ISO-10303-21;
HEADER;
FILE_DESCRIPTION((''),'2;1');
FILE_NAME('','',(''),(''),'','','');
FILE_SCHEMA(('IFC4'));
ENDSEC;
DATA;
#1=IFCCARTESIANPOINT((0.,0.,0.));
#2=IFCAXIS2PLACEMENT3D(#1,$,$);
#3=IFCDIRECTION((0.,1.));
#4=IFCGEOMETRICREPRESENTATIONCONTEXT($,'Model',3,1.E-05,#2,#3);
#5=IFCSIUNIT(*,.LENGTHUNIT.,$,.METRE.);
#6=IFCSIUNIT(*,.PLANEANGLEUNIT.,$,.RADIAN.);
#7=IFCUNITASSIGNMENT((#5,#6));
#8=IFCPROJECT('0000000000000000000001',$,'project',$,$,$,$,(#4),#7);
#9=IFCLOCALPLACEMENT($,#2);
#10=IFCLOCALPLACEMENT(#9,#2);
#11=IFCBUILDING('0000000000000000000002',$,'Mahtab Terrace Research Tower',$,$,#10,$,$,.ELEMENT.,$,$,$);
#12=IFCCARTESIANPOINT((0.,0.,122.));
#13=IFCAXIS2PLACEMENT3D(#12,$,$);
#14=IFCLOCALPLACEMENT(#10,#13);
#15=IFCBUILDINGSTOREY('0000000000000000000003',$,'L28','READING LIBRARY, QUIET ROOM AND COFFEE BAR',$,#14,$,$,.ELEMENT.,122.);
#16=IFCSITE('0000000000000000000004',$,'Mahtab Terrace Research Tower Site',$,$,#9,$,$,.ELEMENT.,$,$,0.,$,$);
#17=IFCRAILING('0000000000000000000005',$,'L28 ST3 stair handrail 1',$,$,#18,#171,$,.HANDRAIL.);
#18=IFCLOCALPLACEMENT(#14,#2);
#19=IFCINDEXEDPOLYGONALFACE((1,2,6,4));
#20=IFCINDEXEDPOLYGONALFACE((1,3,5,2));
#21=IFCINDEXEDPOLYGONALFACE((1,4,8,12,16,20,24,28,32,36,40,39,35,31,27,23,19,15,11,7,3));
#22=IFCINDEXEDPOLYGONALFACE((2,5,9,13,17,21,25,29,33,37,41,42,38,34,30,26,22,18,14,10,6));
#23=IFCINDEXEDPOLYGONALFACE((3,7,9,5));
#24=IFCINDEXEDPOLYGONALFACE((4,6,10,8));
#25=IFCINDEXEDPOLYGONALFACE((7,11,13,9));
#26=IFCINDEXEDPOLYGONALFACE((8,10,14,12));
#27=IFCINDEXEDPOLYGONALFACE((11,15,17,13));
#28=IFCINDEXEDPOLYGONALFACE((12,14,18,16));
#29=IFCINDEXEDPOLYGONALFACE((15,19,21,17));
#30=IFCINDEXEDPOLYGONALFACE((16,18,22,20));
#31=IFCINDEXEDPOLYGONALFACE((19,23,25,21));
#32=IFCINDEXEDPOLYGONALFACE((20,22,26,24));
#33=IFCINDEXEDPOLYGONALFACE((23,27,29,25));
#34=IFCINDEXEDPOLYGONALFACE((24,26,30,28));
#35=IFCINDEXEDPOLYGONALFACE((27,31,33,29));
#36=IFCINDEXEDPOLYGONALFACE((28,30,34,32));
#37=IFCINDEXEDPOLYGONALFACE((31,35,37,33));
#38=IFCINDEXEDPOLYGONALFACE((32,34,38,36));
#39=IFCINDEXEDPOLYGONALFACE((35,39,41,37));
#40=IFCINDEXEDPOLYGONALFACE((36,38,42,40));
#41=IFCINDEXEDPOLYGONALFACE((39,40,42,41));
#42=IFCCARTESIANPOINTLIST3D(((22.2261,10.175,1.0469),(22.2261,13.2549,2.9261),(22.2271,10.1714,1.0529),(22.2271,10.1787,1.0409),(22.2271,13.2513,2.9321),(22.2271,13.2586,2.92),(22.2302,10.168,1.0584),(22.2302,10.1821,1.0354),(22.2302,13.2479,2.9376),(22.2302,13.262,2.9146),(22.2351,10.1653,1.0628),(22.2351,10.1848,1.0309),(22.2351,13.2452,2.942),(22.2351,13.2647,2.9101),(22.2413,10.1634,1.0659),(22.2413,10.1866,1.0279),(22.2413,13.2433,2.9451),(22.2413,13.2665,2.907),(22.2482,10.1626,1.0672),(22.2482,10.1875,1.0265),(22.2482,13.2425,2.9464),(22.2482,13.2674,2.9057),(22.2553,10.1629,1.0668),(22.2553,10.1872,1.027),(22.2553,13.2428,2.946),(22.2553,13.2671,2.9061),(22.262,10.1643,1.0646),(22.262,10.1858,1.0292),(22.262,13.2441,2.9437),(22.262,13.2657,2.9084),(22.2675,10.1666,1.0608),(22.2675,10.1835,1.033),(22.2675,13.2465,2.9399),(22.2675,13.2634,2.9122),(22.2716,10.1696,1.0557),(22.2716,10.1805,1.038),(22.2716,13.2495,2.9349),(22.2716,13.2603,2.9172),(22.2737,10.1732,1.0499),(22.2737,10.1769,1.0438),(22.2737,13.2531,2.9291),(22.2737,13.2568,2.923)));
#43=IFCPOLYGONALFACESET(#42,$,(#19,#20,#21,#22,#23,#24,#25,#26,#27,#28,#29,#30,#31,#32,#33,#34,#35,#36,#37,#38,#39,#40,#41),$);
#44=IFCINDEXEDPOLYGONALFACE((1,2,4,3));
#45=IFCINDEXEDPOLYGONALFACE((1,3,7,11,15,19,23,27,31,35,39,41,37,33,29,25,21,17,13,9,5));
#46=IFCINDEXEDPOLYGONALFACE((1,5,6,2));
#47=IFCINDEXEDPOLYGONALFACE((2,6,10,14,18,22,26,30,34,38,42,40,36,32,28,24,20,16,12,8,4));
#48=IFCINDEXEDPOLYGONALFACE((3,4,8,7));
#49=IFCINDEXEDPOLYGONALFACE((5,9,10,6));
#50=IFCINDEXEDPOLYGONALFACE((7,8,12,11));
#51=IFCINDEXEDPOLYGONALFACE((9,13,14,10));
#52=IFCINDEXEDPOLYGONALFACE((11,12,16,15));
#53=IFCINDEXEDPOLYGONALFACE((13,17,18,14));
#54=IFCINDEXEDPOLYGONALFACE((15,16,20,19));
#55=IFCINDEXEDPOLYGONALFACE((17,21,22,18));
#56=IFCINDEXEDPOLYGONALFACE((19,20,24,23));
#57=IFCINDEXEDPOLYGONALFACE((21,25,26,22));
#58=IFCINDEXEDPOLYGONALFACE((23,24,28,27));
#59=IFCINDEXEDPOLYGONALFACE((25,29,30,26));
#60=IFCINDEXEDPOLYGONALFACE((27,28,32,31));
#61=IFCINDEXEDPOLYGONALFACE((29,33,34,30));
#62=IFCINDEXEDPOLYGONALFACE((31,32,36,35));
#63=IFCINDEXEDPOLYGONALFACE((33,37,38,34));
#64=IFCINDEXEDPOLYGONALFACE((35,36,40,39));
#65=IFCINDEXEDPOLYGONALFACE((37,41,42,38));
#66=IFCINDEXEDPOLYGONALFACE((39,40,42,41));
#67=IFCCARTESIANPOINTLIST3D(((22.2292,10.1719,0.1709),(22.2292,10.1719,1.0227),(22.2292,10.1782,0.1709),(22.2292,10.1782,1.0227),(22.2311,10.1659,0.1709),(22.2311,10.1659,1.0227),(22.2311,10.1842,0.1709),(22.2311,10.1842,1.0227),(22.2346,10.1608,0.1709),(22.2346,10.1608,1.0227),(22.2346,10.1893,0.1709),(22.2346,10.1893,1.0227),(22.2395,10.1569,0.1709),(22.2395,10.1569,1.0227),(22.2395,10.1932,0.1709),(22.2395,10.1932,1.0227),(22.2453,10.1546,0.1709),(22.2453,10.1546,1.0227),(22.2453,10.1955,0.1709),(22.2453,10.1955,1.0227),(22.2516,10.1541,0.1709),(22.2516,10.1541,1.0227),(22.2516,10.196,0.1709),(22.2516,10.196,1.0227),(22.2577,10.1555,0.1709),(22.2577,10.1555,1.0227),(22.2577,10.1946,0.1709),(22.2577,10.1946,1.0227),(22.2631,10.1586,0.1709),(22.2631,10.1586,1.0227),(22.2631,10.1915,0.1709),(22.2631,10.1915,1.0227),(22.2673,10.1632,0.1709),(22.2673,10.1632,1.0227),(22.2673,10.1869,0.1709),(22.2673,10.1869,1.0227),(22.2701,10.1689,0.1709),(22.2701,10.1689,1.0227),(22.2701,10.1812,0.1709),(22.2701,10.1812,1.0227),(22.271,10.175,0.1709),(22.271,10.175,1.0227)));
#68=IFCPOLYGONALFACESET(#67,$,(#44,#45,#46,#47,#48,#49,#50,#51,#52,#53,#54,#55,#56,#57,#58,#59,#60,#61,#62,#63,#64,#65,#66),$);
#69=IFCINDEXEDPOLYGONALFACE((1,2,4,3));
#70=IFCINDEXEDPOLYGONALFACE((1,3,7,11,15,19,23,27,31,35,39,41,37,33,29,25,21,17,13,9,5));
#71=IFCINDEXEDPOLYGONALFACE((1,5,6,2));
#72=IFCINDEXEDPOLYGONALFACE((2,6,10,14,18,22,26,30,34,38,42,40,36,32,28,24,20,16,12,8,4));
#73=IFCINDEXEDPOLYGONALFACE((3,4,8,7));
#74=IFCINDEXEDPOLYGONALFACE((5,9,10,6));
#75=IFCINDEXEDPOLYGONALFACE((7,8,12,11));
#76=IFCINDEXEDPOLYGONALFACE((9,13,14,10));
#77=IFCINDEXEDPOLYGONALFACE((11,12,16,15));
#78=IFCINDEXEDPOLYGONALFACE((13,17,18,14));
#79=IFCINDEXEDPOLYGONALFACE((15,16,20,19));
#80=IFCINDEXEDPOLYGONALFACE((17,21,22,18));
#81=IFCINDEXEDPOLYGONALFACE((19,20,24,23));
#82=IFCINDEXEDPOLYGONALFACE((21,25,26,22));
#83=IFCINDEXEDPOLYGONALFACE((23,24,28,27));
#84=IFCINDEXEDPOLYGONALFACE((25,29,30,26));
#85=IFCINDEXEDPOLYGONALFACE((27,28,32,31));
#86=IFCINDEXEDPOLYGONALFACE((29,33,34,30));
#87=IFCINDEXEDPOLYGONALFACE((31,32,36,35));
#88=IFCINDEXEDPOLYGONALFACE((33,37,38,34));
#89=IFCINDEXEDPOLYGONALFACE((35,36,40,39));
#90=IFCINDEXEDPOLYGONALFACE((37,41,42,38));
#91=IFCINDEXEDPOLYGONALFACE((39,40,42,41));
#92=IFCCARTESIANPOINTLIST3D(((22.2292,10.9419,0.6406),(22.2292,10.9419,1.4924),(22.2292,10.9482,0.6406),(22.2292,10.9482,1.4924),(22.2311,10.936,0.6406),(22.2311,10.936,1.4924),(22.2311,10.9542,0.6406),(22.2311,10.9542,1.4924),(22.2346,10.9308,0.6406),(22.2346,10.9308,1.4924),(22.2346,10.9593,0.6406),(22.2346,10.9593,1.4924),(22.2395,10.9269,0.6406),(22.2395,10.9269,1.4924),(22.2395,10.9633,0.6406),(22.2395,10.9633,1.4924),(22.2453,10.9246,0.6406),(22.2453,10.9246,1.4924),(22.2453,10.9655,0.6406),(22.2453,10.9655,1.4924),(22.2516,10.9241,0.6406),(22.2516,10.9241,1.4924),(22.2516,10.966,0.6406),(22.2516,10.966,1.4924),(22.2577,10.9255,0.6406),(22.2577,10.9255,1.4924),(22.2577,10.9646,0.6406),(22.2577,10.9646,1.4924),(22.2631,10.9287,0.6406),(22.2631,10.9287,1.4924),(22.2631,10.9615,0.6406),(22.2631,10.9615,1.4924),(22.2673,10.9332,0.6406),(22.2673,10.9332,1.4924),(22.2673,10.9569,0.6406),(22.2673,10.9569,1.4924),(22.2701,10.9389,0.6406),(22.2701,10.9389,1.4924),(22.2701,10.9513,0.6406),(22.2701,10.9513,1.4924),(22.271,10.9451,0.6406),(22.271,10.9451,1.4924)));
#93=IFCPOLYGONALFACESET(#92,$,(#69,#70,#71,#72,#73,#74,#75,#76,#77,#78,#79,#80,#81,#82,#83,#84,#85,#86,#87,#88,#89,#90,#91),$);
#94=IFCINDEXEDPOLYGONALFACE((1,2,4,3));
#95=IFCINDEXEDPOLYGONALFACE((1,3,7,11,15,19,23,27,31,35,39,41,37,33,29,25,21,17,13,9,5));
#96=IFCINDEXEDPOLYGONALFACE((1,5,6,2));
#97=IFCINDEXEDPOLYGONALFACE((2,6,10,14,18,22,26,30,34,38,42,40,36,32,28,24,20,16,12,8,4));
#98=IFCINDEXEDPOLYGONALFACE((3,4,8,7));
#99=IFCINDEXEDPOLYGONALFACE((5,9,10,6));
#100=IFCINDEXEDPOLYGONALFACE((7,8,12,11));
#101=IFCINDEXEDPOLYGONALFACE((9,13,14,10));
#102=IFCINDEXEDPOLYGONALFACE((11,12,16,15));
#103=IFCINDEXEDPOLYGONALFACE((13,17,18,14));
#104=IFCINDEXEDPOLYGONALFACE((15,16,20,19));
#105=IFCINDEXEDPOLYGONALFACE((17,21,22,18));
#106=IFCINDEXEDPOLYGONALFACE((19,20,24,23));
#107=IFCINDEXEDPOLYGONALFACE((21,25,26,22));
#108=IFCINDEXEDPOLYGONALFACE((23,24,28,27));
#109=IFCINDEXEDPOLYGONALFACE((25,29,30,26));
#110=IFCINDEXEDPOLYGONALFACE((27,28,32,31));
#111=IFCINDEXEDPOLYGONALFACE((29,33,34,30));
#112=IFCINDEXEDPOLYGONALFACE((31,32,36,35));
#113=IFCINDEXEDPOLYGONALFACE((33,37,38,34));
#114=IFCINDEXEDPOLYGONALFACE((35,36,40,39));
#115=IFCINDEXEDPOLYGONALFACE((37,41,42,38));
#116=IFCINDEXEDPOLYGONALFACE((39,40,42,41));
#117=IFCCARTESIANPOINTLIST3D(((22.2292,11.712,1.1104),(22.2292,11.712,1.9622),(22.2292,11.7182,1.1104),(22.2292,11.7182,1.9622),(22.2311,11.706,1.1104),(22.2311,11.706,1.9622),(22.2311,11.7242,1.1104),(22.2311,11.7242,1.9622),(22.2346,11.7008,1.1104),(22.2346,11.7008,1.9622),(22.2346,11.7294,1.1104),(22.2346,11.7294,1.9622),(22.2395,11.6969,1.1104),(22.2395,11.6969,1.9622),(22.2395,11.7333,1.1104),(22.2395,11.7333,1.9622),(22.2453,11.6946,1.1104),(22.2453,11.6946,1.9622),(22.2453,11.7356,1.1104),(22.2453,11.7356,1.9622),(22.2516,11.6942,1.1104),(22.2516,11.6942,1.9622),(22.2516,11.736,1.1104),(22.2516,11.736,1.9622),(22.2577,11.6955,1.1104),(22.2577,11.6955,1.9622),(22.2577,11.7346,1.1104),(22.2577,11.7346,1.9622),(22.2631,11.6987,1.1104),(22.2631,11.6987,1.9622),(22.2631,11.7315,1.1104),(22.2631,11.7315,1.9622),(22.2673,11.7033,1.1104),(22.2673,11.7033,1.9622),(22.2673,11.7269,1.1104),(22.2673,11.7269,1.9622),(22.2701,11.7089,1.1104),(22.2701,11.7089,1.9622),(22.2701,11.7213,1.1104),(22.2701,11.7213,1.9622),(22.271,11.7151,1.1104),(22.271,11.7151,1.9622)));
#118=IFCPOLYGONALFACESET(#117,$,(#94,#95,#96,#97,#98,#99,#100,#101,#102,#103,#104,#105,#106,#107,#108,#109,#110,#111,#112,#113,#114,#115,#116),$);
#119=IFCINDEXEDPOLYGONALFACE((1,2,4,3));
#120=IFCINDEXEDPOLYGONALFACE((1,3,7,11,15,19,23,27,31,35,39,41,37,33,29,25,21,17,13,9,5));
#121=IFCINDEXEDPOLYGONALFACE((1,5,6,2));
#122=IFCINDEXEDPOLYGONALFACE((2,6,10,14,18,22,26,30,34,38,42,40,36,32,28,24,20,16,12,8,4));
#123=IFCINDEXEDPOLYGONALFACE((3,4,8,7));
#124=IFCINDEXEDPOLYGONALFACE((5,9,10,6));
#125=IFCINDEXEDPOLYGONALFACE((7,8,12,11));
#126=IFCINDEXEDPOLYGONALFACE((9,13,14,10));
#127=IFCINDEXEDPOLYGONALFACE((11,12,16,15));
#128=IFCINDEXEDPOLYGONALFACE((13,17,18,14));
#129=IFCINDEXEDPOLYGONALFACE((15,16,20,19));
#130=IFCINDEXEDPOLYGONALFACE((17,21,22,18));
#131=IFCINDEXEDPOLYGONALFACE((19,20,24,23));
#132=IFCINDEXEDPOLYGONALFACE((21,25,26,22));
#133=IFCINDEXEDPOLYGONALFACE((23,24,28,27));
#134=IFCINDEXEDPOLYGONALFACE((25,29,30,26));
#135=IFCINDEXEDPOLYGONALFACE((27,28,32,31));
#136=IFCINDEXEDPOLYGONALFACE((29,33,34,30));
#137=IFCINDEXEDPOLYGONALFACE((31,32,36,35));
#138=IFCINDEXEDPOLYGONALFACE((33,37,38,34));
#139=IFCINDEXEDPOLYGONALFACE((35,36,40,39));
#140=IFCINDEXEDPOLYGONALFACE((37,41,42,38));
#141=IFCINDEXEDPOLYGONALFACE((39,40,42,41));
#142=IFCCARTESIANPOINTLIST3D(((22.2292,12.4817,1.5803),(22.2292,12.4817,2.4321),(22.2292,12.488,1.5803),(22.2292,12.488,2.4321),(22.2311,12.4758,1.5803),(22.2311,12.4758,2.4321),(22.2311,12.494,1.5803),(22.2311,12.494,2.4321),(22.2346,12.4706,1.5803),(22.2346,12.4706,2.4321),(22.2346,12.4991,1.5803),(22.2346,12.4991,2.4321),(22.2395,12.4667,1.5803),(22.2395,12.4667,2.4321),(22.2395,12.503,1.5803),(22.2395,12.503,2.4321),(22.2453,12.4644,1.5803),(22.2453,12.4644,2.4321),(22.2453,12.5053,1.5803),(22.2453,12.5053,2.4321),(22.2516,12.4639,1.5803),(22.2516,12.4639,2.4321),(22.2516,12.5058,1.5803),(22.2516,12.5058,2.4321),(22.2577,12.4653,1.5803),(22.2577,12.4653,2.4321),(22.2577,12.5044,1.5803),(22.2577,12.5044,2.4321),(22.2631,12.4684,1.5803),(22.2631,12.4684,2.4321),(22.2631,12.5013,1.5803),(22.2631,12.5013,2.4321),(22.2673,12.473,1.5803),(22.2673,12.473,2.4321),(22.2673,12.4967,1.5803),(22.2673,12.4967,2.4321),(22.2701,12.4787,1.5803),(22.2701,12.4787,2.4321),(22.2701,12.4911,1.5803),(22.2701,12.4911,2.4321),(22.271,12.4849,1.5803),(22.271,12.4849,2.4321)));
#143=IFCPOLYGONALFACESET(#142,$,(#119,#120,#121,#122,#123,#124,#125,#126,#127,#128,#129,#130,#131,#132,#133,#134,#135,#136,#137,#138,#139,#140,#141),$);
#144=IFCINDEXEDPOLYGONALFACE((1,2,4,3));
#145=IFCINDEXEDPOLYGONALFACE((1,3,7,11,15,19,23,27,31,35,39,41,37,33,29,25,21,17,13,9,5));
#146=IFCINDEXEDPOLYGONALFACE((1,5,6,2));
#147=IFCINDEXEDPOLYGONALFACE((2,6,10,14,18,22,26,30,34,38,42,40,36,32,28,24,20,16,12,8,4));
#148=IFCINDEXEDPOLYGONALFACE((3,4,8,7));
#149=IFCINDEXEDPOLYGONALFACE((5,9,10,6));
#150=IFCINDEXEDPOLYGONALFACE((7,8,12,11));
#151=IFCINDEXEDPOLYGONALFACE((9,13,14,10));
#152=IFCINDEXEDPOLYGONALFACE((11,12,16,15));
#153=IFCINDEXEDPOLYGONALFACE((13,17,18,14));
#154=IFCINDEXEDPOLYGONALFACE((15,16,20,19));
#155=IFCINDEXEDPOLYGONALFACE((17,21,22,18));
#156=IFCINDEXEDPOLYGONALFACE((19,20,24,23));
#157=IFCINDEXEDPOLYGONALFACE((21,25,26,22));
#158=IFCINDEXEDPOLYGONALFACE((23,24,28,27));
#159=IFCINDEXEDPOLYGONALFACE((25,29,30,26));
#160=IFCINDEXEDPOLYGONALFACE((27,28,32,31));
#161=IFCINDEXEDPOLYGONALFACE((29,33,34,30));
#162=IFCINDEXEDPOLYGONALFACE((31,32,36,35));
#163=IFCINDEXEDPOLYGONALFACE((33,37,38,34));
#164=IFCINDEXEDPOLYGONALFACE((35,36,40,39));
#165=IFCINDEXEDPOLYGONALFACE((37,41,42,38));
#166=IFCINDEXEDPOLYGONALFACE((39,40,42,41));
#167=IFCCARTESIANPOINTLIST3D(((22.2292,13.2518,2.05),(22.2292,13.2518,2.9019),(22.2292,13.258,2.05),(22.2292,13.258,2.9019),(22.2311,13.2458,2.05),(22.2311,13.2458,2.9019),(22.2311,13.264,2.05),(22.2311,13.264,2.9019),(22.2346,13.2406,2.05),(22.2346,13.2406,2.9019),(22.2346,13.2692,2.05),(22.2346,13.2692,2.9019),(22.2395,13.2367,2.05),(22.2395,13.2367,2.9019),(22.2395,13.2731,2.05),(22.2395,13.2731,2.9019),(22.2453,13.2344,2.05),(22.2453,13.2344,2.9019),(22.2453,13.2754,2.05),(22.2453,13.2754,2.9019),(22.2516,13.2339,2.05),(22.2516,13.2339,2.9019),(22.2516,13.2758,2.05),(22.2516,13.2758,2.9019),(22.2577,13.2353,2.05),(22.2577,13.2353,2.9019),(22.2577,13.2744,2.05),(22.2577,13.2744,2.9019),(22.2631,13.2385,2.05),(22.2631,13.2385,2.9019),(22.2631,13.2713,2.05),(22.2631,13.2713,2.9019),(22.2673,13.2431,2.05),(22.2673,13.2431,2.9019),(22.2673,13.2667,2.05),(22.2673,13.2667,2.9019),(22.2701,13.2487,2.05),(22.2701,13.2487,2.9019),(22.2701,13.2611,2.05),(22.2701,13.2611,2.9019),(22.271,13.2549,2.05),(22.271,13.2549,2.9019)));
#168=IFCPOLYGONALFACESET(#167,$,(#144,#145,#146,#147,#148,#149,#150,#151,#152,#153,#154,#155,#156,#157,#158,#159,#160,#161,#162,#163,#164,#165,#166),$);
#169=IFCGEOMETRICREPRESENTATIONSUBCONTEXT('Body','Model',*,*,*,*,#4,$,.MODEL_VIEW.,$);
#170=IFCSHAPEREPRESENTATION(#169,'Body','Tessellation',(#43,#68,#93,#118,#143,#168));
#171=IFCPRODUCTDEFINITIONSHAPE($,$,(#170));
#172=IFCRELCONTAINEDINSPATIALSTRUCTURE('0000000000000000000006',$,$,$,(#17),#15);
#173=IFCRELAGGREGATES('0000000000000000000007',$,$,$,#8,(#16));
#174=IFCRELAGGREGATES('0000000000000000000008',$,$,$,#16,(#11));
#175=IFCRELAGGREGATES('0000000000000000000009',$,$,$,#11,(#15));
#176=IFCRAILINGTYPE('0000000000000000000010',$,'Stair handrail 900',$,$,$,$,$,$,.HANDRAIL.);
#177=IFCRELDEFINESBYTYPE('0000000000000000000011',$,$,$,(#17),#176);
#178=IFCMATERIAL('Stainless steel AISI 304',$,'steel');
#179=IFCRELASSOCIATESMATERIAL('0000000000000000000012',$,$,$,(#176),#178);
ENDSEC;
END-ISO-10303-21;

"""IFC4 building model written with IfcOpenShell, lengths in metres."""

from ifc_helpers import new_model, si_unit, direction, frame, origin, origin_2d, place, context, subcontext, project, spatial, circle, extrude, material, type_object, element, save


model = new_model("IFC4")

# Units and contexts
model_context = context("Model", 3, precision=1e-05, world=origin(), true_north=direction((0.0, 1.0)))
body_context = subcontext(model_context, "Body", "Model", "MODEL_VIEW")
ifc_project = project(units=[si_unit("LENGTHUNIT", "METRE"), si_unit("PLANEANGLEUNIT", "RADIAN")], contexts=[model_context])

# Site, building, storey
site_placement = place(None, origin())
site = spatial("IfcSite", under=ifc_project, at=site_placement, Name="Mahtab Terrace Research Tower Site", CompositionType="ELEMENT", RefElevation=0.0)
building_placement = place(site_placement, origin())
building = spatial("IfcBuilding", under=site, at=building_placement, Name="Mahtab Terrace Research Tower", CompositionType="ELEMENT")
storey_placement = place(building_placement, frame((0.0, 0.0, 122.0)))
storey = spatial("IfcBuildingStorey", under=building, at=storey_placement, Name="L28", Description="READING LIBRARY, QUIET ROOM AND COFFEE BAR", CompositionType="ELEMENT", Elevation=122.0)

# Railing
ifc_material_1 = material(Name="Stainless steel AISI 304", Category="steel")
railing_type_1 = type_object("IfcRailingType", Name="Stair handrail 900", PredefinedType="HANDRAIL", material=ifc_material_1)
railing_1_placement = place(storey_placement, frame((22.25, 10.175, 0.1709)))
element("IfcRailing", 1, at=railing_1_placement, inside=storey, type_object=railing_type_1, Name="L28 ST3 stair handrail 1", PredefinedType="HANDRAIL", context=body_context, shape_type="SweptSolid", body=[
    extrude(circle(Radius=0.0239, at=origin_2d()), frame((0.0, 0.0, 0.876), z_axis=(0.0, 0.853648, 0.52085), x_axis=(-1.0, 0.0, 0.0)), (0.0, 0.0, 1.0), 3.6079),
    extrude(circle(Radius=0.021, at=origin_2d()), origin(), (0.0, 0.0, 1.0), 0.8518),
    extrude(circle(Radius=0.021, at=origin_2d()), frame((0.0, 0.77, 0.4697)), (0.0, 0.0, 1.0), 0.8518),
    extrude(circle(Radius=0.021, at=origin_2d()), frame((0.0, 1.54, 0.9395)), (0.0, 0.0, 1.0), 0.8518),
    extrude(circle(Radius=0.021, at=origin_2d()), frame((0.0, 2.3098, 1.4094)), (0.0, 0.0, 1.0), 0.8518),
    extrude(circle(Radius=0.021, at=origin_2d()), frame((0.0, 3.0798, 1.8792)), (0.0, 0.0, 1.0), 0.8518),
])

save(model, "model.ifc")
